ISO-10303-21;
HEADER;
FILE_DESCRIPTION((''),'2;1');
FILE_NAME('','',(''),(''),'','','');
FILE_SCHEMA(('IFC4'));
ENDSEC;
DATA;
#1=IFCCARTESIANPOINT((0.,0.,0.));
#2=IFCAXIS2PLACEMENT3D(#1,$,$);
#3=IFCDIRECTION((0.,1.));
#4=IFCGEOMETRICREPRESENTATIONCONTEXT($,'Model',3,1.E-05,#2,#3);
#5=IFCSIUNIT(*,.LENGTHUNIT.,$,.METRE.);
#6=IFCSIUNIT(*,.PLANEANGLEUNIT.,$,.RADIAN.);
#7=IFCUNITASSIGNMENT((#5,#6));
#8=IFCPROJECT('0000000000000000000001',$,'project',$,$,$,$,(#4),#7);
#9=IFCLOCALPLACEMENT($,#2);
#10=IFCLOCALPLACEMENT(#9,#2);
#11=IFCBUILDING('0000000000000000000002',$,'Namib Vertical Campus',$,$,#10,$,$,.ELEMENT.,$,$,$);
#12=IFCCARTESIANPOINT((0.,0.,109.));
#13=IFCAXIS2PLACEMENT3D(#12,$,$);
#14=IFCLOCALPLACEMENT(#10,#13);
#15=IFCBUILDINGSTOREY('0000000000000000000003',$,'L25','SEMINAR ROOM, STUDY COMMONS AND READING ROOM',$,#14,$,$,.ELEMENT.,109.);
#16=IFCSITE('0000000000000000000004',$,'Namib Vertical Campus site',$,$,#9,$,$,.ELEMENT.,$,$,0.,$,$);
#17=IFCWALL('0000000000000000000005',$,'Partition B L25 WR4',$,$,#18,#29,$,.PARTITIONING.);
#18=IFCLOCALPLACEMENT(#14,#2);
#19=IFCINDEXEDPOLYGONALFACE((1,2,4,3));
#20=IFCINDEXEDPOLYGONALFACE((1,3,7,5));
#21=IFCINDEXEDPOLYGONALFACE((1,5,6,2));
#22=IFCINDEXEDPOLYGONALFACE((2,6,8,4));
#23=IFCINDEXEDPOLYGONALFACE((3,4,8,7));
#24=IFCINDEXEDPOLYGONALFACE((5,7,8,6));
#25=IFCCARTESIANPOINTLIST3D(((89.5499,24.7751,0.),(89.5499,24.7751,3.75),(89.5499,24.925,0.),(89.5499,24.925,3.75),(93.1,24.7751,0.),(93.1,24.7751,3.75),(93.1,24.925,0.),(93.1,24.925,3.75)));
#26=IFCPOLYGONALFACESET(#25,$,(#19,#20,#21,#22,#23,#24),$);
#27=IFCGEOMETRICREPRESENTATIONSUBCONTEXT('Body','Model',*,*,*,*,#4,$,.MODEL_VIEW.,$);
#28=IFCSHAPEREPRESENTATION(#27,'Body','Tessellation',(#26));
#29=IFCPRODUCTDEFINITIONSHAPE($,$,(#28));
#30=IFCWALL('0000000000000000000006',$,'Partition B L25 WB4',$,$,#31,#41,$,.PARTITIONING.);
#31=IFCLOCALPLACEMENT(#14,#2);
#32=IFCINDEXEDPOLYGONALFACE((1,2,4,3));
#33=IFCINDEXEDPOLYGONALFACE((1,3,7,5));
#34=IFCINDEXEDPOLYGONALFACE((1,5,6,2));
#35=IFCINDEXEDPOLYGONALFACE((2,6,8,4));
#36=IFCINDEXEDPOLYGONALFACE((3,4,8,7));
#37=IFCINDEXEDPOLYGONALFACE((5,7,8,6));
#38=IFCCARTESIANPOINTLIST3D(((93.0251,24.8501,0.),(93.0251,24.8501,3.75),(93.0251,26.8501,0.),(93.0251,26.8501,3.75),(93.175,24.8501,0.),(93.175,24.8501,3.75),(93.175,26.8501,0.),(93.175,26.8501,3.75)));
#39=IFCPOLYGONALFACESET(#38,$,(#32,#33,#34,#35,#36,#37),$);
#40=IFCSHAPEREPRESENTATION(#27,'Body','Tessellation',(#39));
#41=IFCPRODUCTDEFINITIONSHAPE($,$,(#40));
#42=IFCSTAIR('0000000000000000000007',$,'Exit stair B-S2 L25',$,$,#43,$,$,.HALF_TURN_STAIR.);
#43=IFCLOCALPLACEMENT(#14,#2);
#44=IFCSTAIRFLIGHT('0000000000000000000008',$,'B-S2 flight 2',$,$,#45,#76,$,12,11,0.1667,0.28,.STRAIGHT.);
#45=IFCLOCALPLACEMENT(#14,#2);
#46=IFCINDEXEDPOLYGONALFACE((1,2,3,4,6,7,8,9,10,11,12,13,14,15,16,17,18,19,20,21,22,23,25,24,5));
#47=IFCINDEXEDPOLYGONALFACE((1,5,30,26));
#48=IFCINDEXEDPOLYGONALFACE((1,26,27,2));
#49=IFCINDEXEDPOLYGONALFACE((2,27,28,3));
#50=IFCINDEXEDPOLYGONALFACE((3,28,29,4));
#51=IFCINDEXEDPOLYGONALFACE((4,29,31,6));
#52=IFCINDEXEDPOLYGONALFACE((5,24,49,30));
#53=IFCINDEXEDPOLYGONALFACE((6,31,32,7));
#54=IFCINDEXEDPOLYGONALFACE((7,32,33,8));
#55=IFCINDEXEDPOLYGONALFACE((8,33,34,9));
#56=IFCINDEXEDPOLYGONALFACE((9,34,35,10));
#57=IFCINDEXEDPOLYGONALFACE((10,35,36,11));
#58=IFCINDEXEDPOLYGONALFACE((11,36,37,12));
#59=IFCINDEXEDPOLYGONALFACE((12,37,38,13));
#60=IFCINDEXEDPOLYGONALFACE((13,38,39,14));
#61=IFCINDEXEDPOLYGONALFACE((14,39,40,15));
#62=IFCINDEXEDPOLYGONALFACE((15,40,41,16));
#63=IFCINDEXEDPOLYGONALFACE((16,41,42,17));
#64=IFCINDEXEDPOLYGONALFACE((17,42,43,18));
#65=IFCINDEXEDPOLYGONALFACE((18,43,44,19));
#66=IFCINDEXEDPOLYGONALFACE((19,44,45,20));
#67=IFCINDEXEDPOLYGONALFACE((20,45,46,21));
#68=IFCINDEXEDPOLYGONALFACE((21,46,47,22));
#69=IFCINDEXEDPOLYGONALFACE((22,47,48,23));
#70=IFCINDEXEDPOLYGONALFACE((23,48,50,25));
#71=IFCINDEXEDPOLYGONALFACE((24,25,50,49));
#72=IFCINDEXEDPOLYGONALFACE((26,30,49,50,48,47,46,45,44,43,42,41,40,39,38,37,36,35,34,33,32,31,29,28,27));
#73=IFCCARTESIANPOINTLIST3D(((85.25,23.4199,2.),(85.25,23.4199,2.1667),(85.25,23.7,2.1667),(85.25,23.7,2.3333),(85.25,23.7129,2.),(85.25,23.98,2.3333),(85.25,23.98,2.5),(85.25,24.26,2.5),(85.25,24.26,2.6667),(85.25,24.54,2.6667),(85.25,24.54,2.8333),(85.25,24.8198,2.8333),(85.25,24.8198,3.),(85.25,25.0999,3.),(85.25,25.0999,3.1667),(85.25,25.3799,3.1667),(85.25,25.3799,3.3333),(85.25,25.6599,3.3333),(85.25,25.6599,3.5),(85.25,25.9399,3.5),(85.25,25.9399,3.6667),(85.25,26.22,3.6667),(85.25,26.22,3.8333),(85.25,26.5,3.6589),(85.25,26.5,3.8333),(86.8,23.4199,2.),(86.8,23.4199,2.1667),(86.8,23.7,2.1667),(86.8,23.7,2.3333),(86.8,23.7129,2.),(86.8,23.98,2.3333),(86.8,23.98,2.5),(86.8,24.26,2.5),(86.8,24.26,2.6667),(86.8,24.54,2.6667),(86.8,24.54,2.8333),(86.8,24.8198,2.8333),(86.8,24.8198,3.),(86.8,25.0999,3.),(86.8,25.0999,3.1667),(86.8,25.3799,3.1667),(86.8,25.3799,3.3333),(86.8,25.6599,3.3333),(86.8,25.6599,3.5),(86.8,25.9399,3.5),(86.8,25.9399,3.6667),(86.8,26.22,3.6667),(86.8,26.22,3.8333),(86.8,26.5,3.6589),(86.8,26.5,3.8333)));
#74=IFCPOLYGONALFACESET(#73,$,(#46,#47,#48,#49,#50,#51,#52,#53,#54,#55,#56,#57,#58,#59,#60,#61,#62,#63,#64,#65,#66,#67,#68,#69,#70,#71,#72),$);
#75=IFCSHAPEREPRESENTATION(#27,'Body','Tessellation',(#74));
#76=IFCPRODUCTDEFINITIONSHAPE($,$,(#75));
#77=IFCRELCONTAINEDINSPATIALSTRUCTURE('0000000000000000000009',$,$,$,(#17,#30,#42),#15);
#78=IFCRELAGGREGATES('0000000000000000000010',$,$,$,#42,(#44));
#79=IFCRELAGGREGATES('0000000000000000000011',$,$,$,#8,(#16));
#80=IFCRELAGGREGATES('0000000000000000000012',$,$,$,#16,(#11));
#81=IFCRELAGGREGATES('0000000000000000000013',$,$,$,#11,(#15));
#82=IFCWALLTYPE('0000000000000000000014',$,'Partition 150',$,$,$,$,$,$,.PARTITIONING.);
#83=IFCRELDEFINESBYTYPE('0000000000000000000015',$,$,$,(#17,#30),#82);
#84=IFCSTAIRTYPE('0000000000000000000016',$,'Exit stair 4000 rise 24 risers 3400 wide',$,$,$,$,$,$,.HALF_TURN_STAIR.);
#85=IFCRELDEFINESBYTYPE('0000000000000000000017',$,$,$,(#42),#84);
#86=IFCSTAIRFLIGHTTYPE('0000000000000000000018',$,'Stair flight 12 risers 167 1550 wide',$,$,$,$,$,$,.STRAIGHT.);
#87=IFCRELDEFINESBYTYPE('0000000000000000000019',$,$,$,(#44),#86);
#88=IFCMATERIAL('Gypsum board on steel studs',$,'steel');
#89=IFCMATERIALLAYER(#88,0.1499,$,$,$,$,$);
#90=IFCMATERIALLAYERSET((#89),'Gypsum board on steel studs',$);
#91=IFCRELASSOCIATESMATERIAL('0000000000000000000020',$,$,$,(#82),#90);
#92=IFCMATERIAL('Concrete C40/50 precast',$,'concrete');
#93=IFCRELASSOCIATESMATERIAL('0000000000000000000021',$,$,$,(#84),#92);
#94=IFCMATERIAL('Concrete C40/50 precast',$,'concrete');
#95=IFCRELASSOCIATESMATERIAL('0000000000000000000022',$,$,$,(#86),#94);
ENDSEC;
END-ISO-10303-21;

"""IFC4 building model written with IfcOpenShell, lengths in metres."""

from ifc_helpers import new_model, si_unit, direction, frame, frame_2d, origin, place, context, subcontext, project, spatial, polyline, rectangle, outline, extrude, material, layer, layer_set, type_object, element, aggregate, save


model = new_model("IFC4")

# Units and contexts
model_context = context("Model", 3, precision=1e-05, world=origin(), true_north=direction((0.0, 1.0)))
body_context = subcontext(model_context, "Body", "Model", "MODEL_VIEW")
ifc_project = project(units=[si_unit("LENGTHUNIT", "METRE"), si_unit("PLANEANGLEUNIT", "RADIAN")], contexts=[model_context])

# Site, building, storey
site_placement = place(None, origin())
site = spatial("IfcSite", under=ifc_project, at=site_placement, Name="Namib Vertical Campus site", CompositionType="ELEMENT", RefElevation=0.0)
building_placement = place(site_placement, origin())
building = spatial("IfcBuilding", under=site, at=building_placement, Name="Namib Vertical Campus", CompositionType="ELEMENT")
storey_placement = place(building_placement, frame((0.0, 0.0, 109.0)))
storey = spatial("IfcBuildingStorey", under=building, at=storey_placement, Name="L25", Description="SEMINAR ROOM, STUDY COMMONS AND READING ROOM", CompositionType="ELEMENT", Elevation=109.0)

# Walls
ifc_material_1 = material(Name="Gypsum board on steel studs", Category="steel")
ifc_layer_1 = layer(ifc_material_1, 0.1499)
ifc_layer_set_1 = layer_set([ifc_layer_1], Name="Gypsum board on steel studs")
wall_type_1 = type_object("IfcWallType", Name="Partition 150", PredefinedType="PARTITIONING", material=ifc_layer_set_1)
wall_1_placement = place(storey_placement, frame((89.55, 24.8501, 0.0), z_axis=(0.0, 0.0, 1.0), x_axis=(1.0, 0.0, 0.0)))
element("IfcWall", 1, at=wall_1_placement, inside=storey, type_object=wall_type_1, Name="Partition B L25 WR4", PredefinedType="PARTITIONING", context=body_context, shape_type="SweptSolid", body=[
    extrude(rectangle(XDim=3.55, YDim=0.1499, at=frame_2d((1.7749, 0.0))), origin(), (0.0, 0.0, 1.0), 3.75),
])
wall_2_placement = place(storey_placement, frame((93.1001, 24.8501, 0.0), z_axis=(0.0, 0.0, 1.0), x_axis=(0.0, 1.0, 0.0)))
element("IfcWall", 2, at=wall_2_placement, inside=storey, type_object=wall_type_1, Name="Partition B L25 WB4", PredefinedType="PARTITIONING", context=body_context, shape_type="SweptSolid", body=[
    extrude(rectangle(XDim=2.0, YDim=0.1499, at=frame_2d((1.0, 0.0))), origin(), (0.0, 0.0, 1.0), 3.75),
])

# Stair, stair flight
ifc_material_2 = material(Name="Concrete C40/50 precast", Category="concrete")
stair_type = type_object("IfcStairType", Name="Exit stair 4000 rise 24 risers 3400 wide", PredefinedType="HALF_TURN_STAIR", material=ifc_material_2)
stair_placement = place(storey_placement, origin())
stair = element("IfcStair", 3, at=stair_placement, inside=storey, type_object=stair_type, Name="Exit stair B-S2 L25", PredefinedType="HALF_TURN_STAIR")
ifc_material_3 = material(Name="Concrete C40/50 precast", Category="concrete")
stair_flight_type = type_object("IfcStairFlightType", Name="Stair flight 12 risers 167 1550 wide", PredefinedType="STRAIGHT", material=ifc_material_3)
stair_flight_placement = place(storey_placement, frame((86.0249, 23.4199, 2.0), z_axis=(0.0, 0.0, 1.0), x_axis=(0.0, 1.0, 0.0)))
stair_flight = element("IfcStairFlight", 4, at=stair_flight_placement, type_object=stair_flight_type, Name="B-S2 flight 2", NumberOfRisers=12, NumberOfTreads=11, PredefinedType="STRAIGHT", RiserHeight=0.1667, TreadLength=0.28, context=body_context, shape_type="SweptSolid", body=[
    extrude(outline(polyline([(0.0, 0.0), (0.0, 0.1667), (0.28, 0.1667), (0.28, 0.3333), (0.5601, 0.3333), (0.5601, 0.5), (0.8401, 0.5), (0.8401, 0.6667), (1.1201, 0.6667), (1.1201, 0.8333), (1.3999, 0.8333), (1.3999, 1.0), (1.6799, 1.0), (1.6799, 1.1667), (1.96, 1.1667), (1.96, 1.3333), (2.24, 1.3333), (2.24, 1.5), (2.52, 1.5), (2.52, 1.6667), (2.8, 1.6667), (2.8, 1.8333), (3.0801, 1.8333), (3.0801, 2.0), (3.0801, 1.6589), (0.293, 0.0), (0.0, 0.0)])), frame((0.0, 0.7749, 0.0), z_axis=(0.0, -1.0, 0.0), x_axis=(1.0, 0.0, 0.0)), (0.0, 0.0, 1.0), 1.55),
])
aggregate(stair, [stair_flight])

save(model, "model.ifc")
